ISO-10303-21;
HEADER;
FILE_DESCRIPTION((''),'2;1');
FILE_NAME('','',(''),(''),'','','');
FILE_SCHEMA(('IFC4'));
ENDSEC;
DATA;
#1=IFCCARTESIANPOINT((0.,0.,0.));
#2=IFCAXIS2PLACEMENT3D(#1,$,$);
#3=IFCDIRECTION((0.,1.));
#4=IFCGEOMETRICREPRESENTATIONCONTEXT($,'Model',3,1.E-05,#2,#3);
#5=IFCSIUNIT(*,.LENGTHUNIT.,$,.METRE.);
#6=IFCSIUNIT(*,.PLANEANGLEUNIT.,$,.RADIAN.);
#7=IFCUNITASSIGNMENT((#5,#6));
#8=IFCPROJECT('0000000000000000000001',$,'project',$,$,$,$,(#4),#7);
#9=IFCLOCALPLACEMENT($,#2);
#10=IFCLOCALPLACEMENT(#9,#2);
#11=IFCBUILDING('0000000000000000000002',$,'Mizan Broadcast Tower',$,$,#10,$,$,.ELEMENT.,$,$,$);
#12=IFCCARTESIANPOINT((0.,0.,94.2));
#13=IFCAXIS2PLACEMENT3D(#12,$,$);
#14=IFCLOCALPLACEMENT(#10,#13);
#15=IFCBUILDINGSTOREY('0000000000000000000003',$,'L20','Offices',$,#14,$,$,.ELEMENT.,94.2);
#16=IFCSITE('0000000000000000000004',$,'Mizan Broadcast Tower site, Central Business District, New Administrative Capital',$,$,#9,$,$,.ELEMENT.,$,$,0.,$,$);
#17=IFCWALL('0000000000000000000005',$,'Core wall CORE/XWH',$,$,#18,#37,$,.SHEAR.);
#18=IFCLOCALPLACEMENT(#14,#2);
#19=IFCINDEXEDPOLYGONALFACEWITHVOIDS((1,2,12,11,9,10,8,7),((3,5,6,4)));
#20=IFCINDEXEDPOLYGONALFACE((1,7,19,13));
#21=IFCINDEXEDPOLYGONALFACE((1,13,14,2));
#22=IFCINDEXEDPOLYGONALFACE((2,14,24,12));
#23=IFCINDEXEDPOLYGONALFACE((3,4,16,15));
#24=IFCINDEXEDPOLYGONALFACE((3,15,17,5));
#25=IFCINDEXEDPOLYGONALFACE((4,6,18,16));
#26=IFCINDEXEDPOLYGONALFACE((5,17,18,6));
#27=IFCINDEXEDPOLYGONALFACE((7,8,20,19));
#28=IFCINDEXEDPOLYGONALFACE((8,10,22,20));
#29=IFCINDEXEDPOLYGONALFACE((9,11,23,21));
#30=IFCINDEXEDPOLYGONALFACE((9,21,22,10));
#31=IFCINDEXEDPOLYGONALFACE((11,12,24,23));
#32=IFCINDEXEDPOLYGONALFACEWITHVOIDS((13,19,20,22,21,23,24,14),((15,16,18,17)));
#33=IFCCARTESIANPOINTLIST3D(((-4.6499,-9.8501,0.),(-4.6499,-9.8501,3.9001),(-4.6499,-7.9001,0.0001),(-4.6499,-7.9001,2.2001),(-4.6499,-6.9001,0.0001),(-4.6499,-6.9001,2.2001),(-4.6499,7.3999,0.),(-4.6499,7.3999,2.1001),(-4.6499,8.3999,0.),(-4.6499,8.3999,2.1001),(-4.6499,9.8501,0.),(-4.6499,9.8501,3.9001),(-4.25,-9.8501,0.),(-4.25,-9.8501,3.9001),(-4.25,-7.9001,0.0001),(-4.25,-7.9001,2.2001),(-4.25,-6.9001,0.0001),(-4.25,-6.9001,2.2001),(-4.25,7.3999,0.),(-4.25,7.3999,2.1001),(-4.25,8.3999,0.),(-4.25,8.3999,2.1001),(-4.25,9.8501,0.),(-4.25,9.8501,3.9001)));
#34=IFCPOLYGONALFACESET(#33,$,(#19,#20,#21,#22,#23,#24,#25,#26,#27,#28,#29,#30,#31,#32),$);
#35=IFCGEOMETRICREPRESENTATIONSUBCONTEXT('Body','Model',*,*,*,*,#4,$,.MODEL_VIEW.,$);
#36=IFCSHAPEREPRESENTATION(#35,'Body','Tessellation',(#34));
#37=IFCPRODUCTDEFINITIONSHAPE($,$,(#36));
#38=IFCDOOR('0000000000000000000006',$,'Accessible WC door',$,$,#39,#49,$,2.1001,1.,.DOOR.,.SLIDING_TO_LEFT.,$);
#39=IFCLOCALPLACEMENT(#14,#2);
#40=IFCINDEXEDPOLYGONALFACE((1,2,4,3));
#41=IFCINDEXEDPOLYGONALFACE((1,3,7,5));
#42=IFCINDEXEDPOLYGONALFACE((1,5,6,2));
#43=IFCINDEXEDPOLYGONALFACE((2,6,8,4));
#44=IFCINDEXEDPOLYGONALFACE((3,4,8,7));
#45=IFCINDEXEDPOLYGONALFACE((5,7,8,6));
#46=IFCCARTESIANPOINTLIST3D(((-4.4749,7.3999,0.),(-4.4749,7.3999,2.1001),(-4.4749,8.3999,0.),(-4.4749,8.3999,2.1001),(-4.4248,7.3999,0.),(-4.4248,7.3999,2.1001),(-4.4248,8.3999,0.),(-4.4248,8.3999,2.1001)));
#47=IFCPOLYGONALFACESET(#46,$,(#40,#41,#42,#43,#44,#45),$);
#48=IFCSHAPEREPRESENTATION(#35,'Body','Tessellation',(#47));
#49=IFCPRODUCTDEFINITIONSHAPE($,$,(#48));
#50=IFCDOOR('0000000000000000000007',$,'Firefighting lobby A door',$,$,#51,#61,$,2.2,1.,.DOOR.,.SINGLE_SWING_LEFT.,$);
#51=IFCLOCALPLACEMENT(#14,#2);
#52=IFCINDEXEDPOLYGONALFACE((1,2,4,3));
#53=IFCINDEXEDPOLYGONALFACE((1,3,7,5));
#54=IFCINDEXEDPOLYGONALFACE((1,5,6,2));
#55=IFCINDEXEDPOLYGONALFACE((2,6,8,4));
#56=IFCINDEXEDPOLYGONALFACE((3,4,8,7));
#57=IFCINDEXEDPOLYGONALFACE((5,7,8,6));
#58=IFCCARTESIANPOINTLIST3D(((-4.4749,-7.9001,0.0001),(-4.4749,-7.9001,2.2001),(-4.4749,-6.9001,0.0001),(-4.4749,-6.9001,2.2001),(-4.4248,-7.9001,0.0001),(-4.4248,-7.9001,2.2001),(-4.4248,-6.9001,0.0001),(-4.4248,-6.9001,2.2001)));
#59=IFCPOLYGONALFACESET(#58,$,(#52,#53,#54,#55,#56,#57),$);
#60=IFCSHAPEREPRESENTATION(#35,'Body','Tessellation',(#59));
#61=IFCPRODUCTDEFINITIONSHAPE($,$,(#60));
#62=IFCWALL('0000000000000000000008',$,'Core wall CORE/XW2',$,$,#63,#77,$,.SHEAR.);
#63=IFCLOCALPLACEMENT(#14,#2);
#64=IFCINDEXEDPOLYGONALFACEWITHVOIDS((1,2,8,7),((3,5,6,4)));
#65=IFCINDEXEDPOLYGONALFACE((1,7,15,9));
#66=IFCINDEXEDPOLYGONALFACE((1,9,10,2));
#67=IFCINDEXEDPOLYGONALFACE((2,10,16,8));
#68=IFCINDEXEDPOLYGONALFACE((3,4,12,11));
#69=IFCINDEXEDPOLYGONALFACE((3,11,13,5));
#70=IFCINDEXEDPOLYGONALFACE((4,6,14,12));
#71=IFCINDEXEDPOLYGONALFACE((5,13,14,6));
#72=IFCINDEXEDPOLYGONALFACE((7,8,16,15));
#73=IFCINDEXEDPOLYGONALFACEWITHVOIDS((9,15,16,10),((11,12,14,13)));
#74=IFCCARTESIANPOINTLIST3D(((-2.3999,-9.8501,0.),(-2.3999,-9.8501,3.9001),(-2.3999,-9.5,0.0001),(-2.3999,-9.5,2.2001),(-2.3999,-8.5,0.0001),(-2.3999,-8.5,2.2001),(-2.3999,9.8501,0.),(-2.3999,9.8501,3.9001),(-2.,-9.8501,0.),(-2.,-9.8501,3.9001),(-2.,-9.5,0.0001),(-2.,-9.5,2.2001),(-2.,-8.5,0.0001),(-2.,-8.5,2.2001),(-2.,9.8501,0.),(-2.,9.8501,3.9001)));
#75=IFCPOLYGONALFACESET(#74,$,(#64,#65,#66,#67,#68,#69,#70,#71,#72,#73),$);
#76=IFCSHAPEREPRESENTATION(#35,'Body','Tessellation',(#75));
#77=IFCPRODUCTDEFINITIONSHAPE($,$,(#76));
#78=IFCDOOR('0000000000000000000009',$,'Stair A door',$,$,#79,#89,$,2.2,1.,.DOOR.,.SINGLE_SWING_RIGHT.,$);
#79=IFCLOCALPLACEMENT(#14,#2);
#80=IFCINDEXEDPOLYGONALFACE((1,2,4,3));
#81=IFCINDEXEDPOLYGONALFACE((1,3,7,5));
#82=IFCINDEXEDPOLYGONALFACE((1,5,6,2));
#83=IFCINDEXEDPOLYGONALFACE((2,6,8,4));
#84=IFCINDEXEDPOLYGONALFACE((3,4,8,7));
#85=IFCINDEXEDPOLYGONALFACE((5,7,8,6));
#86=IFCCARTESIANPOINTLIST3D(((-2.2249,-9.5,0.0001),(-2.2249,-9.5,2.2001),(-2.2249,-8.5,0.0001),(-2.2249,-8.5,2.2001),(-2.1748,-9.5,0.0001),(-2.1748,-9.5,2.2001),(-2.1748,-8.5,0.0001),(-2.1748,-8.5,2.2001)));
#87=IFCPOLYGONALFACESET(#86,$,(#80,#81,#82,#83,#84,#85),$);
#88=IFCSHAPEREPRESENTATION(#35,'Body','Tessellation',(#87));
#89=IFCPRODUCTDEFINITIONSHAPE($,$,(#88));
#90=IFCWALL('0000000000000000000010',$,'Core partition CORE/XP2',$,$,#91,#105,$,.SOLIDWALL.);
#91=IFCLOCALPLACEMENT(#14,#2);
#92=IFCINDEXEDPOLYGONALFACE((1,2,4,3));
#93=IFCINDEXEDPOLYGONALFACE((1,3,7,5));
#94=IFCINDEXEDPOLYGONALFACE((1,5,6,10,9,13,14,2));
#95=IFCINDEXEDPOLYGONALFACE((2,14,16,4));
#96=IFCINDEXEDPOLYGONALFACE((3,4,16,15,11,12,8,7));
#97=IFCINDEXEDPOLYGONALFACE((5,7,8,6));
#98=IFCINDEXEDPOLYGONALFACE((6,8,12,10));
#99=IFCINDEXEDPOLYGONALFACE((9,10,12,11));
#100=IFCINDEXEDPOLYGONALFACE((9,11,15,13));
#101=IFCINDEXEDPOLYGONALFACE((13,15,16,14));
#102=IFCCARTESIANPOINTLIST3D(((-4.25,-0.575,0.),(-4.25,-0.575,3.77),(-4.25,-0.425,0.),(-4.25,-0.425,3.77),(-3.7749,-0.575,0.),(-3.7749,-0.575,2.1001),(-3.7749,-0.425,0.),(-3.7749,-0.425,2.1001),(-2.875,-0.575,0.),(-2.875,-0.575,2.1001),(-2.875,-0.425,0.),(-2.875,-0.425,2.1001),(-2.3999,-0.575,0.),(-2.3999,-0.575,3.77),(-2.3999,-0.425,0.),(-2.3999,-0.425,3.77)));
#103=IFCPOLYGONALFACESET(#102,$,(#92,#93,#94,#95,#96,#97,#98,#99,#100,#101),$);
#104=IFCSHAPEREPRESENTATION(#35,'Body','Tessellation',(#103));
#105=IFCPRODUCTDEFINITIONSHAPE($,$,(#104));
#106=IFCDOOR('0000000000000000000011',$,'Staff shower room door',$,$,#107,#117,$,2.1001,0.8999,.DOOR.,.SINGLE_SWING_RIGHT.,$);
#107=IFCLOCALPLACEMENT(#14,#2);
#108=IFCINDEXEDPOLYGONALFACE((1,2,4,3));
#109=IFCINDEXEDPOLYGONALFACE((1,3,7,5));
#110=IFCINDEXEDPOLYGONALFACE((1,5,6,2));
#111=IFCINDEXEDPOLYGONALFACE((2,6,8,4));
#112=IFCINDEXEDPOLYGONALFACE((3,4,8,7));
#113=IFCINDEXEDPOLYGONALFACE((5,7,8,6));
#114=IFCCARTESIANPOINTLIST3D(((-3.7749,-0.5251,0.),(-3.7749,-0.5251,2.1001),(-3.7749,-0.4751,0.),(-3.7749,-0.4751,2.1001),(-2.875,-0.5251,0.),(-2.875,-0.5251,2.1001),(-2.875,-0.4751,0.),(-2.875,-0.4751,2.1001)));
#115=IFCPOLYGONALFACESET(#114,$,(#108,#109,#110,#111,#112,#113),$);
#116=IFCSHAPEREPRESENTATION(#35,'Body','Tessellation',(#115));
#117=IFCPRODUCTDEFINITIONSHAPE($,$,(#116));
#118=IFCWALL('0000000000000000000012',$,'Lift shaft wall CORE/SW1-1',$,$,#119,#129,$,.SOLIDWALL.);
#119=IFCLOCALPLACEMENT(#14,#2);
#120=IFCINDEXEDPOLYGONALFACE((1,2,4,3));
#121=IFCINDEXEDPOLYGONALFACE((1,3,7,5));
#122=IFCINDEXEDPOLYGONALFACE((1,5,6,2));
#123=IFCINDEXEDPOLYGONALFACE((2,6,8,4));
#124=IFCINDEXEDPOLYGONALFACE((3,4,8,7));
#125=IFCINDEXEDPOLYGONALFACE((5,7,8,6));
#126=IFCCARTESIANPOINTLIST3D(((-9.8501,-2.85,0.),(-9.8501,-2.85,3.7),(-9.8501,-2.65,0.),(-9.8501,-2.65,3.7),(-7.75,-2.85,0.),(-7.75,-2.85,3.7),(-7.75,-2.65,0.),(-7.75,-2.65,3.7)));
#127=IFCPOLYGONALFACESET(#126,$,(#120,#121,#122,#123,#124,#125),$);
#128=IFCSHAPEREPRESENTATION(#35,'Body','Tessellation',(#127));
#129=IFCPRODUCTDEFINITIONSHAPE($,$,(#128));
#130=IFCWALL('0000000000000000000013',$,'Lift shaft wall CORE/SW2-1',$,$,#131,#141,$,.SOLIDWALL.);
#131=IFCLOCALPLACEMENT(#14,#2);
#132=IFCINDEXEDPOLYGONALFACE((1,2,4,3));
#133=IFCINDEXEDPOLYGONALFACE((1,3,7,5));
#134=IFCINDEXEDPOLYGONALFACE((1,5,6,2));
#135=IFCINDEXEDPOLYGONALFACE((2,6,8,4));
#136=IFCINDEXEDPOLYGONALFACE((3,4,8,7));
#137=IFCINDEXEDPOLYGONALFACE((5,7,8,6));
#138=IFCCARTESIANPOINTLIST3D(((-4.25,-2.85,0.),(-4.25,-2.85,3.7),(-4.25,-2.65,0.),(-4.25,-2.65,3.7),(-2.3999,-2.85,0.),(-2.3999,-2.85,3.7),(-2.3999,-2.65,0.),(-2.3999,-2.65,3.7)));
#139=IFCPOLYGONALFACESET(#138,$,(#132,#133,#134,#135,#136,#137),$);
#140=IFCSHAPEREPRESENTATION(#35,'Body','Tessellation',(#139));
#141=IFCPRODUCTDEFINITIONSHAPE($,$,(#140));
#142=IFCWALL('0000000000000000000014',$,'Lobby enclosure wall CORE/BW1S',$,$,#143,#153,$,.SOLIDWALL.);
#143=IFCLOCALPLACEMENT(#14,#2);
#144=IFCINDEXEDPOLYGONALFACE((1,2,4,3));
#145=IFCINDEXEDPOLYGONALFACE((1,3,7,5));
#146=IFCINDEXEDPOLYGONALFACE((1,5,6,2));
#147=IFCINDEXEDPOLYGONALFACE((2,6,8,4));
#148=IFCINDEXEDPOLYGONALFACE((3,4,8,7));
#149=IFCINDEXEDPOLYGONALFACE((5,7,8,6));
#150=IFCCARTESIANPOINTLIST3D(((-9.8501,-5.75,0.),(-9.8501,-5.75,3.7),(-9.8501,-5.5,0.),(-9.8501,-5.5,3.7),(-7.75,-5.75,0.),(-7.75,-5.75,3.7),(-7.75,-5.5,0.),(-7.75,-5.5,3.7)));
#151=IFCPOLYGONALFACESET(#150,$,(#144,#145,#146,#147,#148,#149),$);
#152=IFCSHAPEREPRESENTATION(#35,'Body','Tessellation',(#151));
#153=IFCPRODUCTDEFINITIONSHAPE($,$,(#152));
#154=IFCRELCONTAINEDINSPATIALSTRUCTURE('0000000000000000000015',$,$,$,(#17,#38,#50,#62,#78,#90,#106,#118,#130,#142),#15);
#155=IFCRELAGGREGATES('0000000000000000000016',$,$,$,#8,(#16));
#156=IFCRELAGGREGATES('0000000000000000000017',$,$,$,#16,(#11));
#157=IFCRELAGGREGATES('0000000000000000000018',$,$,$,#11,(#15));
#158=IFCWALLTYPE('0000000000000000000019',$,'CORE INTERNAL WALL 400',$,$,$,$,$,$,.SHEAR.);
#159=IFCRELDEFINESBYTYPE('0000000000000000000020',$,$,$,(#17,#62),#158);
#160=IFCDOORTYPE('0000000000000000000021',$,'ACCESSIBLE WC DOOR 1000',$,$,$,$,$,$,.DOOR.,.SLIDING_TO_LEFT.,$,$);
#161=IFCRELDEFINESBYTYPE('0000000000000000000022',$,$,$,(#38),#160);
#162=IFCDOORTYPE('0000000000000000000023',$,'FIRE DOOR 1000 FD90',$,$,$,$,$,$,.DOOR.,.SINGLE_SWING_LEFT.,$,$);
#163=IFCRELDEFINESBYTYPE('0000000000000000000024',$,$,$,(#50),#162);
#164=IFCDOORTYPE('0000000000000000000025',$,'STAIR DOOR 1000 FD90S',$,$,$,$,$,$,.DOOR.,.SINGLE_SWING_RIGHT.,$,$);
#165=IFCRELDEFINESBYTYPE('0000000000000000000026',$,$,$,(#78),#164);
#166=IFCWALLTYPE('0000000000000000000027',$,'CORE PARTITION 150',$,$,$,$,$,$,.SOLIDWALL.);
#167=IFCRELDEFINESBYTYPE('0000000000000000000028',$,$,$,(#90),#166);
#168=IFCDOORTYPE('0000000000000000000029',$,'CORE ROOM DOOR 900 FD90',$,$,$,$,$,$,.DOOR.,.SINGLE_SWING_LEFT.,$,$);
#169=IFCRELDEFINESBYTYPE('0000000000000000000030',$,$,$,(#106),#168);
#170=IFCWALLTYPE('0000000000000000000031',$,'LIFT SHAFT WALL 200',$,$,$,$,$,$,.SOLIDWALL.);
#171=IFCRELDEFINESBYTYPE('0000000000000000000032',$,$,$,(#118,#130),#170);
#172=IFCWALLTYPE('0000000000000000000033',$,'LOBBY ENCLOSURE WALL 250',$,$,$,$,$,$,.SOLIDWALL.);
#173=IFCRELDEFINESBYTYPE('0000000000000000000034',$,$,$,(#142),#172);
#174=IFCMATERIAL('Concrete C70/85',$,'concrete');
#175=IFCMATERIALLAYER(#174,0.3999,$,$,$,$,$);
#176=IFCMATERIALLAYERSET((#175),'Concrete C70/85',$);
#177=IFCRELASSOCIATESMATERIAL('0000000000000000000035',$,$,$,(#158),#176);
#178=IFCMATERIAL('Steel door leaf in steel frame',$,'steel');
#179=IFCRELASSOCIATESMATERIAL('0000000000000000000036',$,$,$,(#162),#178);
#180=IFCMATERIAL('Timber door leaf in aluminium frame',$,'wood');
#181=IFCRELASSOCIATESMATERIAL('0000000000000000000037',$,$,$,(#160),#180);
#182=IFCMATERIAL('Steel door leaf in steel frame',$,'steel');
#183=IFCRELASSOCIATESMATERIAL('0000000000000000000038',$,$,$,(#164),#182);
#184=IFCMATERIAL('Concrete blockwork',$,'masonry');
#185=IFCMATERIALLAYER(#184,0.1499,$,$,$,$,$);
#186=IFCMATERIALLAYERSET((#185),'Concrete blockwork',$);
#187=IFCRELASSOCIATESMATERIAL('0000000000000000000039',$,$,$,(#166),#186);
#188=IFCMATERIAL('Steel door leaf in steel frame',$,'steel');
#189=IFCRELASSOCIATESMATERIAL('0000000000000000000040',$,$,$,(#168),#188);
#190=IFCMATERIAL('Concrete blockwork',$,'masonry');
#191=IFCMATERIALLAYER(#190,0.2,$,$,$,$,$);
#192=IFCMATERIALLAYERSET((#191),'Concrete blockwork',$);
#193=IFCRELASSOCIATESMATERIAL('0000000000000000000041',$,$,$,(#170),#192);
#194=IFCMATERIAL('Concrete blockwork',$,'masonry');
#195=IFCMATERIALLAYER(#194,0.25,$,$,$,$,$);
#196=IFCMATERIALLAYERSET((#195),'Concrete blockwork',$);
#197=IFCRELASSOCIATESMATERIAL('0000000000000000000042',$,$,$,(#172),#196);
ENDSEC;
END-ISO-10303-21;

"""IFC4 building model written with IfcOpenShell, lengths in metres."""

from ifc_helpers import new_model, si_unit, direction, frame, frame_2d, origin, place, context, subcontext, project, spatial, rectangle, extrude, material, layer, layer_set, type_object, element, fill, save


model = new_model("IFC4")

# Units and contexts
model_context = context("Model", 3, precision=1e-05, world=origin(), true_north=direction((0.0, 1.0)))
body_context = subcontext(model_context, "Body", "Model", "MODEL_VIEW")
ifc_project = project(units=[si_unit("LENGTHUNIT", "METRE"), si_unit("PLANEANGLEUNIT", "RADIAN")], contexts=[model_context])

# Site, building, storey
site_placement = place(None, origin())
site = spatial("IfcSite", under=ifc_project, at=site_placement, Name="Mizan Broadcast Tower site, Central Business District, New Administrative Capital", CompositionType="ELEMENT", RefElevation=0.0)
building_placement = place(site_placement, origin())
building = spatial("IfcBuilding", under=site, at=building_placement, Name="Mizan Broadcast Tower", CompositionType="ELEMENT")
storey_placement = place(building_placement, frame((0.0, 0.0, 94.2)))
storey = spatial("IfcBuildingStorey", under=building, at=storey_placement, Name="L20", Description="Offices", CompositionType="ELEMENT", Elevation=94.2)

# Wall, openings, doors
ifc_material_1 = material(Name="Concrete C70/85", Category="concrete")
ifc_layer_1 = layer(ifc_material_1, 0.3999)
ifc_layer_set_1 = layer_set([ifc_layer_1], Name="Concrete C70/85")
wall_type_1 = type_object("IfcWallType", Name="CORE INTERNAL WALL 400", PredefinedType="SHEAR", material=ifc_layer_set_1)
ifc_material_2 = material(Name="Steel door leaf in steel frame", Category="steel")
door_type_1 = type_object("IfcDoorType", Name="FIRE DOOR 1000 FD90", OperationType="SINGLE_SWING_LEFT", PredefinedType="DOOR", material=ifc_material_2)
wall_1_placement = place(storey_placement, frame((-4.45, -9.8501, 0.0), z_axis=(0.0, 0.0, 1.0), x_axis=(0.0, 1.0, 0.0)))
wall_1 = element("IfcWall", 1, at=wall_1_placement, inside=storey, type_object=wall_type_1, Name="Core wall CORE/XWH", PredefinedType="SHEAR", context=body_context, shape_type="SweptSolid", body=[
    extrude(rectangle(XDim=19.7002, YDim=0.3999, at=frame_2d((9.8501, 0.0))), origin(), (0.0, 0.0, 1.0), 3.9001),
])
opening_1_placement = place(wall_1_placement, frame((1.95, 0.0, 0.0)))
opening_1 = element("IfcOpeningElement", 2, at=opening_1_placement, cuts=wall_1, PredefinedType="OPENING", context=body_context, shape_type="SweptSolid", body=[
    extrude(rectangle(XDim=1.0, YDim=2.2, at=frame_2d((0.5, 1.1001))), frame((0.0, 0.21, 0.0), z_axis=(0.0, -1.0, 0.0), x_axis=(1.0, 0.0, 0.0)), (0.0, 0.0, 1.0), 0.4199),
])
opening_2_placement = place(wall_1_placement, frame((17.25, 0.0, 0.0)))
opening_2 = element("IfcOpeningElement", 3, at=opening_2_placement, cuts=wall_1, PredefinedType="OPENING", context=body_context, shape_type="SweptSolid", body=[
    extrude(rectangle(XDim=1.0, YDim=2.1001, at=frame_2d((0.5, 1.05))), frame((0.0, 0.21, 0.0), z_axis=(0.0, -1.0, 0.0), x_axis=(1.0, 0.0, 0.0)), (0.0, 0.0, 1.0), 0.4199),
])
ifc_material_3 = material(Name="Timber door leaf in aluminium frame", Category="wood")
door_type_2 = type_object("IfcDoorType", Name="ACCESSIBLE WC DOOR 1000", OperationType="SLIDING_TO_LEFT", PredefinedType="DOOR", material=ifc_material_3)
door_1_placement = place(opening_2_placement, origin())
door_1 = element("IfcDoor", 4, at=door_1_placement, inside=storey, type_object=door_type_2, Name="Accessible WC door", OperationType="SLIDING_TO_LEFT", OverallHeight=2.1001, OverallWidth=1.0, PredefinedType="DOOR", context=body_context, shape_type="SweptSolid", body=[
    extrude(rectangle(XDim=1.0, YDim=2.1001, at=frame_2d((0.5, 1.05))), frame((0.0, 0.0249, 0.0), z_axis=(0.0, -1.0, 0.0), x_axis=(1.0, 0.0, 0.0)), (0.0, 0.0, 1.0), 0.05),
])
fill(opening_2, door_1)
door_2_placement = place(opening_1_placement, origin())
door_2 = element("IfcDoor", 5, at=door_2_placement, inside=storey, type_object=door_type_1, Name="Firefighting lobby A door", OperationType="SINGLE_SWING_LEFT", OverallHeight=2.2, OverallWidth=1.0, PredefinedType="DOOR", context=body_context, shape_type="SweptSolid", body=[
    extrude(rectangle(XDim=1.0, YDim=2.2, at=frame_2d((0.5, 1.1001))), frame((0.0, 0.0249, 0.0), z_axis=(0.0, -1.0, 0.0), x_axis=(1.0, 0.0, 0.0)), (0.0, 0.0, 1.0), 0.05),
])
fill(opening_1, door_2)

# Walls, openings, doors
wall_2_placement = place(storey_placement, frame((-2.2, -9.8501, 0.0), z_axis=(0.0, 0.0, 1.0), x_axis=(0.0, 1.0, 0.0)))
wall_2 = element("IfcWall", 6, at=wall_2_placement, inside=storey, type_object=wall_type_1, Name="Core wall CORE/XW2", PredefinedType="SHEAR", context=body_context, shape_type="SweptSolid", body=[
    extrude(rectangle(XDim=19.7002, YDim=0.3999, at=frame_2d((9.8501, 0.0))), origin(), (0.0, 0.0, 1.0), 3.9001),
])
opening_3_placement = place(wall_2_placement, frame((0.3501, 0.0, 0.0)))
opening_3 = element("IfcOpeningElement", 7, at=opening_3_placement, cuts=wall_2, PredefinedType="OPENING", context=body_context, shape_type="SweptSolid", body=[
    extrude(rectangle(XDim=1.0, YDim=2.2, at=frame_2d((0.5, 1.1001))), frame((0.0, 0.21, 0.0), z_axis=(0.0, -1.0, 0.0), x_axis=(1.0, 0.0, 0.0)), (0.0, 0.0, 1.0), 0.4199),
])
ifc_material_4 = material(Name="Steel door leaf in steel frame", Category="steel")
door_type_3 = type_object("IfcDoorType", Name="STAIR DOOR 1000 FD90S", OperationType="SINGLE_SWING_RIGHT", PredefinedType="DOOR", material=ifc_material_4)
door_3_placement = place(opening_3_placement, origin())
door_3 = element("IfcDoor", 8, at=door_3_placement, inside=storey, type_object=door_type_3, Name="Stair A door", OperationType="SINGLE_SWING_RIGHT", OverallHeight=2.2, OverallWidth=1.0, PredefinedType="DOOR", context=body_context, shape_type="SweptSolid", body=[
    extrude(rectangle(XDim=1.0, YDim=2.2, at=frame_2d((0.5, 1.1001))), frame((0.0, 0.0249, 0.0), z_axis=(0.0, -1.0, 0.0), x_axis=(1.0, 0.0, 0.0)), (0.0, 0.0, 1.0), 0.05),
])
fill(opening_3, door_3)
ifc_material_5 = material(Name="Concrete blockwork", Category="masonry")
ifc_layer_2 = layer(ifc_material_5, 0.1499)
ifc_layer_set_2 = layer_set([ifc_layer_2], Name="Concrete blockwork")
wall_type_2 = type_object("IfcWallType", Name="CORE PARTITION 150", PredefinedType="SOLIDWALL", material=ifc_layer_set_2)
wall_3_placement = place(storey_placement, frame((-4.25, -0.5, 0.0), z_axis=(0.0, 0.0, 1.0), x_axis=(1.0, 0.0, 0.0)))
wall_3 = element("IfcWall", 9, at=wall_3_placement, inside=storey, type_object=wall_type_2, Name="Core partition CORE/XP2", PredefinedType="SOLIDWALL", context=body_context, shape_type="SweptSolid", body=[
    extrude(rectangle(XDim=1.8501, YDim=0.1499, at=frame_2d((0.925, 0.0))), origin(), (0.0, 0.0, 1.0), 3.77),
])
opening_4_placement = place(wall_3_placement, frame((0.4751, 0.0, 0.0)))
opening_4 = element("IfcOpeningElement", 10, at=opening_4_placement, cuts=wall_3, PredefinedType="OPENING", context=body_context, shape_type="SweptSolid", body=[
    extrude(rectangle(XDim=0.8999, YDim=2.1001, at=frame_2d((0.45, 1.05))), frame((0.0, 0.085, 0.0), z_axis=(0.0, -1.0, 0.0), x_axis=(1.0, 0.0, 0.0)), (0.0, 0.0, 1.0), 0.1699),
])
ifc_material_6 = material(Name="Steel door leaf in steel frame", Category="steel")
door_type_4 = type_object("IfcDoorType", Name="CORE ROOM DOOR 900 FD90", OperationType="SINGLE_SWING_LEFT", PredefinedType="DOOR", material=ifc_material_6)
door_4_placement = place(opening_4_placement, origin())
door_4 = element("IfcDoor", 11, at=door_4_placement, inside=storey, type_object=door_type_4, Name="Staff shower room door", OperationType="SINGLE_SWING_RIGHT", OverallHeight=2.1001, OverallWidth=0.8999, PredefinedType="DOOR", context=body_context, shape_type="SweptSolid", body=[
    extrude(rectangle(XDim=0.8999, YDim=2.1001, at=frame_2d((0.45, 1.05))), frame((0.0, 0.0249, 0.0), z_axis=(0.0, -1.0, 0.0), x_axis=(1.0, 0.0, 0.0)), (0.0, 0.0, 1.0), 0.05),
])
fill(opening_4, door_4)

# Walls
ifc_material_7 = material(Name="Concrete blockwork", Category="masonry")
ifc_layer_3 = layer(ifc_material_7, 0.2)
ifc_layer_set_3 = layer_set([ifc_layer_3], Name="Concrete blockwork")
wall_type_3 = type_object("IfcWallType", Name="LIFT SHAFT WALL 200", PredefinedType="SOLIDWALL", material=ifc_layer_set_3)
wall_4_placement = place(storey_placement, frame((-9.8501, -2.75, 0.0), z_axis=(0.0, 0.0, 1.0), x_axis=(1.0, 0.0, 0.0)))
element("IfcWall", 12, at=wall_4_placement, inside=storey, type_object=wall_type_3, Name="Lift shaft wall CORE/SW1-1", PredefinedType="SOLIDWALL", context=body_context, shape_type="SweptSolid", body=[
    extrude(rectangle(XDim=2.1001, YDim=0.2, at=frame_2d((1.05, 0.0))), origin(), (0.0, 0.0, 1.0), 3.7),
])
wall_5_placement = place(storey_placement, frame((-4.25, -2.75, 0.0), z_axis=(0.0, 0.0, 1.0), x_axis=(1.0, 0.0, 0.0)))
element("IfcWall", 13, at=wall_5_placement, inside=storey, type_object=wall_type_3, Name="Lift shaft wall CORE/SW2-1", PredefinedType="SOLIDWALL", context=body_context, shape_type="SweptSolid", body=[
    extrude(rectangle(XDim=1.8501, YDim=0.2, at=frame_2d((0.925, 0.0))), origin(), (0.0, 0.0, 1.0), 3.7),
])
ifc_material_8 = material(Name="Concrete blockwork", Category="masonry")
ifc_layer_4 = layer(ifc_material_8, 0.25)
ifc_layer_set_4 = layer_set([ifc_layer_4], Name="Concrete blockwork")
wall_type_4 = type_object("IfcWallType", Name="LOBBY ENCLOSURE WALL 250", PredefinedType="SOLIDWALL", material=ifc_layer_set_4)
wall_6_placement = place(storey_placement, frame((-9.8501, -5.625, 0.0), z_axis=(0.0, 0.0, 1.0), x_axis=(1.0, 0.0, 0.0)))
element("IfcWall", 14, at=wall_6_placement, inside=storey, type_object=wall_type_4, Name="Lobby enclosure wall CORE/BW1S", PredefinedType="SOLIDWALL", context=body_context, shape_type="SweptSolid", body=[
    extrude(rectangle(XDim=2.1001, YDim=0.25, at=frame_2d((1.05, 0.0))), origin(), (0.0, 0.0, 1.0), 3.7),
])

save(model, "model.ifc")
